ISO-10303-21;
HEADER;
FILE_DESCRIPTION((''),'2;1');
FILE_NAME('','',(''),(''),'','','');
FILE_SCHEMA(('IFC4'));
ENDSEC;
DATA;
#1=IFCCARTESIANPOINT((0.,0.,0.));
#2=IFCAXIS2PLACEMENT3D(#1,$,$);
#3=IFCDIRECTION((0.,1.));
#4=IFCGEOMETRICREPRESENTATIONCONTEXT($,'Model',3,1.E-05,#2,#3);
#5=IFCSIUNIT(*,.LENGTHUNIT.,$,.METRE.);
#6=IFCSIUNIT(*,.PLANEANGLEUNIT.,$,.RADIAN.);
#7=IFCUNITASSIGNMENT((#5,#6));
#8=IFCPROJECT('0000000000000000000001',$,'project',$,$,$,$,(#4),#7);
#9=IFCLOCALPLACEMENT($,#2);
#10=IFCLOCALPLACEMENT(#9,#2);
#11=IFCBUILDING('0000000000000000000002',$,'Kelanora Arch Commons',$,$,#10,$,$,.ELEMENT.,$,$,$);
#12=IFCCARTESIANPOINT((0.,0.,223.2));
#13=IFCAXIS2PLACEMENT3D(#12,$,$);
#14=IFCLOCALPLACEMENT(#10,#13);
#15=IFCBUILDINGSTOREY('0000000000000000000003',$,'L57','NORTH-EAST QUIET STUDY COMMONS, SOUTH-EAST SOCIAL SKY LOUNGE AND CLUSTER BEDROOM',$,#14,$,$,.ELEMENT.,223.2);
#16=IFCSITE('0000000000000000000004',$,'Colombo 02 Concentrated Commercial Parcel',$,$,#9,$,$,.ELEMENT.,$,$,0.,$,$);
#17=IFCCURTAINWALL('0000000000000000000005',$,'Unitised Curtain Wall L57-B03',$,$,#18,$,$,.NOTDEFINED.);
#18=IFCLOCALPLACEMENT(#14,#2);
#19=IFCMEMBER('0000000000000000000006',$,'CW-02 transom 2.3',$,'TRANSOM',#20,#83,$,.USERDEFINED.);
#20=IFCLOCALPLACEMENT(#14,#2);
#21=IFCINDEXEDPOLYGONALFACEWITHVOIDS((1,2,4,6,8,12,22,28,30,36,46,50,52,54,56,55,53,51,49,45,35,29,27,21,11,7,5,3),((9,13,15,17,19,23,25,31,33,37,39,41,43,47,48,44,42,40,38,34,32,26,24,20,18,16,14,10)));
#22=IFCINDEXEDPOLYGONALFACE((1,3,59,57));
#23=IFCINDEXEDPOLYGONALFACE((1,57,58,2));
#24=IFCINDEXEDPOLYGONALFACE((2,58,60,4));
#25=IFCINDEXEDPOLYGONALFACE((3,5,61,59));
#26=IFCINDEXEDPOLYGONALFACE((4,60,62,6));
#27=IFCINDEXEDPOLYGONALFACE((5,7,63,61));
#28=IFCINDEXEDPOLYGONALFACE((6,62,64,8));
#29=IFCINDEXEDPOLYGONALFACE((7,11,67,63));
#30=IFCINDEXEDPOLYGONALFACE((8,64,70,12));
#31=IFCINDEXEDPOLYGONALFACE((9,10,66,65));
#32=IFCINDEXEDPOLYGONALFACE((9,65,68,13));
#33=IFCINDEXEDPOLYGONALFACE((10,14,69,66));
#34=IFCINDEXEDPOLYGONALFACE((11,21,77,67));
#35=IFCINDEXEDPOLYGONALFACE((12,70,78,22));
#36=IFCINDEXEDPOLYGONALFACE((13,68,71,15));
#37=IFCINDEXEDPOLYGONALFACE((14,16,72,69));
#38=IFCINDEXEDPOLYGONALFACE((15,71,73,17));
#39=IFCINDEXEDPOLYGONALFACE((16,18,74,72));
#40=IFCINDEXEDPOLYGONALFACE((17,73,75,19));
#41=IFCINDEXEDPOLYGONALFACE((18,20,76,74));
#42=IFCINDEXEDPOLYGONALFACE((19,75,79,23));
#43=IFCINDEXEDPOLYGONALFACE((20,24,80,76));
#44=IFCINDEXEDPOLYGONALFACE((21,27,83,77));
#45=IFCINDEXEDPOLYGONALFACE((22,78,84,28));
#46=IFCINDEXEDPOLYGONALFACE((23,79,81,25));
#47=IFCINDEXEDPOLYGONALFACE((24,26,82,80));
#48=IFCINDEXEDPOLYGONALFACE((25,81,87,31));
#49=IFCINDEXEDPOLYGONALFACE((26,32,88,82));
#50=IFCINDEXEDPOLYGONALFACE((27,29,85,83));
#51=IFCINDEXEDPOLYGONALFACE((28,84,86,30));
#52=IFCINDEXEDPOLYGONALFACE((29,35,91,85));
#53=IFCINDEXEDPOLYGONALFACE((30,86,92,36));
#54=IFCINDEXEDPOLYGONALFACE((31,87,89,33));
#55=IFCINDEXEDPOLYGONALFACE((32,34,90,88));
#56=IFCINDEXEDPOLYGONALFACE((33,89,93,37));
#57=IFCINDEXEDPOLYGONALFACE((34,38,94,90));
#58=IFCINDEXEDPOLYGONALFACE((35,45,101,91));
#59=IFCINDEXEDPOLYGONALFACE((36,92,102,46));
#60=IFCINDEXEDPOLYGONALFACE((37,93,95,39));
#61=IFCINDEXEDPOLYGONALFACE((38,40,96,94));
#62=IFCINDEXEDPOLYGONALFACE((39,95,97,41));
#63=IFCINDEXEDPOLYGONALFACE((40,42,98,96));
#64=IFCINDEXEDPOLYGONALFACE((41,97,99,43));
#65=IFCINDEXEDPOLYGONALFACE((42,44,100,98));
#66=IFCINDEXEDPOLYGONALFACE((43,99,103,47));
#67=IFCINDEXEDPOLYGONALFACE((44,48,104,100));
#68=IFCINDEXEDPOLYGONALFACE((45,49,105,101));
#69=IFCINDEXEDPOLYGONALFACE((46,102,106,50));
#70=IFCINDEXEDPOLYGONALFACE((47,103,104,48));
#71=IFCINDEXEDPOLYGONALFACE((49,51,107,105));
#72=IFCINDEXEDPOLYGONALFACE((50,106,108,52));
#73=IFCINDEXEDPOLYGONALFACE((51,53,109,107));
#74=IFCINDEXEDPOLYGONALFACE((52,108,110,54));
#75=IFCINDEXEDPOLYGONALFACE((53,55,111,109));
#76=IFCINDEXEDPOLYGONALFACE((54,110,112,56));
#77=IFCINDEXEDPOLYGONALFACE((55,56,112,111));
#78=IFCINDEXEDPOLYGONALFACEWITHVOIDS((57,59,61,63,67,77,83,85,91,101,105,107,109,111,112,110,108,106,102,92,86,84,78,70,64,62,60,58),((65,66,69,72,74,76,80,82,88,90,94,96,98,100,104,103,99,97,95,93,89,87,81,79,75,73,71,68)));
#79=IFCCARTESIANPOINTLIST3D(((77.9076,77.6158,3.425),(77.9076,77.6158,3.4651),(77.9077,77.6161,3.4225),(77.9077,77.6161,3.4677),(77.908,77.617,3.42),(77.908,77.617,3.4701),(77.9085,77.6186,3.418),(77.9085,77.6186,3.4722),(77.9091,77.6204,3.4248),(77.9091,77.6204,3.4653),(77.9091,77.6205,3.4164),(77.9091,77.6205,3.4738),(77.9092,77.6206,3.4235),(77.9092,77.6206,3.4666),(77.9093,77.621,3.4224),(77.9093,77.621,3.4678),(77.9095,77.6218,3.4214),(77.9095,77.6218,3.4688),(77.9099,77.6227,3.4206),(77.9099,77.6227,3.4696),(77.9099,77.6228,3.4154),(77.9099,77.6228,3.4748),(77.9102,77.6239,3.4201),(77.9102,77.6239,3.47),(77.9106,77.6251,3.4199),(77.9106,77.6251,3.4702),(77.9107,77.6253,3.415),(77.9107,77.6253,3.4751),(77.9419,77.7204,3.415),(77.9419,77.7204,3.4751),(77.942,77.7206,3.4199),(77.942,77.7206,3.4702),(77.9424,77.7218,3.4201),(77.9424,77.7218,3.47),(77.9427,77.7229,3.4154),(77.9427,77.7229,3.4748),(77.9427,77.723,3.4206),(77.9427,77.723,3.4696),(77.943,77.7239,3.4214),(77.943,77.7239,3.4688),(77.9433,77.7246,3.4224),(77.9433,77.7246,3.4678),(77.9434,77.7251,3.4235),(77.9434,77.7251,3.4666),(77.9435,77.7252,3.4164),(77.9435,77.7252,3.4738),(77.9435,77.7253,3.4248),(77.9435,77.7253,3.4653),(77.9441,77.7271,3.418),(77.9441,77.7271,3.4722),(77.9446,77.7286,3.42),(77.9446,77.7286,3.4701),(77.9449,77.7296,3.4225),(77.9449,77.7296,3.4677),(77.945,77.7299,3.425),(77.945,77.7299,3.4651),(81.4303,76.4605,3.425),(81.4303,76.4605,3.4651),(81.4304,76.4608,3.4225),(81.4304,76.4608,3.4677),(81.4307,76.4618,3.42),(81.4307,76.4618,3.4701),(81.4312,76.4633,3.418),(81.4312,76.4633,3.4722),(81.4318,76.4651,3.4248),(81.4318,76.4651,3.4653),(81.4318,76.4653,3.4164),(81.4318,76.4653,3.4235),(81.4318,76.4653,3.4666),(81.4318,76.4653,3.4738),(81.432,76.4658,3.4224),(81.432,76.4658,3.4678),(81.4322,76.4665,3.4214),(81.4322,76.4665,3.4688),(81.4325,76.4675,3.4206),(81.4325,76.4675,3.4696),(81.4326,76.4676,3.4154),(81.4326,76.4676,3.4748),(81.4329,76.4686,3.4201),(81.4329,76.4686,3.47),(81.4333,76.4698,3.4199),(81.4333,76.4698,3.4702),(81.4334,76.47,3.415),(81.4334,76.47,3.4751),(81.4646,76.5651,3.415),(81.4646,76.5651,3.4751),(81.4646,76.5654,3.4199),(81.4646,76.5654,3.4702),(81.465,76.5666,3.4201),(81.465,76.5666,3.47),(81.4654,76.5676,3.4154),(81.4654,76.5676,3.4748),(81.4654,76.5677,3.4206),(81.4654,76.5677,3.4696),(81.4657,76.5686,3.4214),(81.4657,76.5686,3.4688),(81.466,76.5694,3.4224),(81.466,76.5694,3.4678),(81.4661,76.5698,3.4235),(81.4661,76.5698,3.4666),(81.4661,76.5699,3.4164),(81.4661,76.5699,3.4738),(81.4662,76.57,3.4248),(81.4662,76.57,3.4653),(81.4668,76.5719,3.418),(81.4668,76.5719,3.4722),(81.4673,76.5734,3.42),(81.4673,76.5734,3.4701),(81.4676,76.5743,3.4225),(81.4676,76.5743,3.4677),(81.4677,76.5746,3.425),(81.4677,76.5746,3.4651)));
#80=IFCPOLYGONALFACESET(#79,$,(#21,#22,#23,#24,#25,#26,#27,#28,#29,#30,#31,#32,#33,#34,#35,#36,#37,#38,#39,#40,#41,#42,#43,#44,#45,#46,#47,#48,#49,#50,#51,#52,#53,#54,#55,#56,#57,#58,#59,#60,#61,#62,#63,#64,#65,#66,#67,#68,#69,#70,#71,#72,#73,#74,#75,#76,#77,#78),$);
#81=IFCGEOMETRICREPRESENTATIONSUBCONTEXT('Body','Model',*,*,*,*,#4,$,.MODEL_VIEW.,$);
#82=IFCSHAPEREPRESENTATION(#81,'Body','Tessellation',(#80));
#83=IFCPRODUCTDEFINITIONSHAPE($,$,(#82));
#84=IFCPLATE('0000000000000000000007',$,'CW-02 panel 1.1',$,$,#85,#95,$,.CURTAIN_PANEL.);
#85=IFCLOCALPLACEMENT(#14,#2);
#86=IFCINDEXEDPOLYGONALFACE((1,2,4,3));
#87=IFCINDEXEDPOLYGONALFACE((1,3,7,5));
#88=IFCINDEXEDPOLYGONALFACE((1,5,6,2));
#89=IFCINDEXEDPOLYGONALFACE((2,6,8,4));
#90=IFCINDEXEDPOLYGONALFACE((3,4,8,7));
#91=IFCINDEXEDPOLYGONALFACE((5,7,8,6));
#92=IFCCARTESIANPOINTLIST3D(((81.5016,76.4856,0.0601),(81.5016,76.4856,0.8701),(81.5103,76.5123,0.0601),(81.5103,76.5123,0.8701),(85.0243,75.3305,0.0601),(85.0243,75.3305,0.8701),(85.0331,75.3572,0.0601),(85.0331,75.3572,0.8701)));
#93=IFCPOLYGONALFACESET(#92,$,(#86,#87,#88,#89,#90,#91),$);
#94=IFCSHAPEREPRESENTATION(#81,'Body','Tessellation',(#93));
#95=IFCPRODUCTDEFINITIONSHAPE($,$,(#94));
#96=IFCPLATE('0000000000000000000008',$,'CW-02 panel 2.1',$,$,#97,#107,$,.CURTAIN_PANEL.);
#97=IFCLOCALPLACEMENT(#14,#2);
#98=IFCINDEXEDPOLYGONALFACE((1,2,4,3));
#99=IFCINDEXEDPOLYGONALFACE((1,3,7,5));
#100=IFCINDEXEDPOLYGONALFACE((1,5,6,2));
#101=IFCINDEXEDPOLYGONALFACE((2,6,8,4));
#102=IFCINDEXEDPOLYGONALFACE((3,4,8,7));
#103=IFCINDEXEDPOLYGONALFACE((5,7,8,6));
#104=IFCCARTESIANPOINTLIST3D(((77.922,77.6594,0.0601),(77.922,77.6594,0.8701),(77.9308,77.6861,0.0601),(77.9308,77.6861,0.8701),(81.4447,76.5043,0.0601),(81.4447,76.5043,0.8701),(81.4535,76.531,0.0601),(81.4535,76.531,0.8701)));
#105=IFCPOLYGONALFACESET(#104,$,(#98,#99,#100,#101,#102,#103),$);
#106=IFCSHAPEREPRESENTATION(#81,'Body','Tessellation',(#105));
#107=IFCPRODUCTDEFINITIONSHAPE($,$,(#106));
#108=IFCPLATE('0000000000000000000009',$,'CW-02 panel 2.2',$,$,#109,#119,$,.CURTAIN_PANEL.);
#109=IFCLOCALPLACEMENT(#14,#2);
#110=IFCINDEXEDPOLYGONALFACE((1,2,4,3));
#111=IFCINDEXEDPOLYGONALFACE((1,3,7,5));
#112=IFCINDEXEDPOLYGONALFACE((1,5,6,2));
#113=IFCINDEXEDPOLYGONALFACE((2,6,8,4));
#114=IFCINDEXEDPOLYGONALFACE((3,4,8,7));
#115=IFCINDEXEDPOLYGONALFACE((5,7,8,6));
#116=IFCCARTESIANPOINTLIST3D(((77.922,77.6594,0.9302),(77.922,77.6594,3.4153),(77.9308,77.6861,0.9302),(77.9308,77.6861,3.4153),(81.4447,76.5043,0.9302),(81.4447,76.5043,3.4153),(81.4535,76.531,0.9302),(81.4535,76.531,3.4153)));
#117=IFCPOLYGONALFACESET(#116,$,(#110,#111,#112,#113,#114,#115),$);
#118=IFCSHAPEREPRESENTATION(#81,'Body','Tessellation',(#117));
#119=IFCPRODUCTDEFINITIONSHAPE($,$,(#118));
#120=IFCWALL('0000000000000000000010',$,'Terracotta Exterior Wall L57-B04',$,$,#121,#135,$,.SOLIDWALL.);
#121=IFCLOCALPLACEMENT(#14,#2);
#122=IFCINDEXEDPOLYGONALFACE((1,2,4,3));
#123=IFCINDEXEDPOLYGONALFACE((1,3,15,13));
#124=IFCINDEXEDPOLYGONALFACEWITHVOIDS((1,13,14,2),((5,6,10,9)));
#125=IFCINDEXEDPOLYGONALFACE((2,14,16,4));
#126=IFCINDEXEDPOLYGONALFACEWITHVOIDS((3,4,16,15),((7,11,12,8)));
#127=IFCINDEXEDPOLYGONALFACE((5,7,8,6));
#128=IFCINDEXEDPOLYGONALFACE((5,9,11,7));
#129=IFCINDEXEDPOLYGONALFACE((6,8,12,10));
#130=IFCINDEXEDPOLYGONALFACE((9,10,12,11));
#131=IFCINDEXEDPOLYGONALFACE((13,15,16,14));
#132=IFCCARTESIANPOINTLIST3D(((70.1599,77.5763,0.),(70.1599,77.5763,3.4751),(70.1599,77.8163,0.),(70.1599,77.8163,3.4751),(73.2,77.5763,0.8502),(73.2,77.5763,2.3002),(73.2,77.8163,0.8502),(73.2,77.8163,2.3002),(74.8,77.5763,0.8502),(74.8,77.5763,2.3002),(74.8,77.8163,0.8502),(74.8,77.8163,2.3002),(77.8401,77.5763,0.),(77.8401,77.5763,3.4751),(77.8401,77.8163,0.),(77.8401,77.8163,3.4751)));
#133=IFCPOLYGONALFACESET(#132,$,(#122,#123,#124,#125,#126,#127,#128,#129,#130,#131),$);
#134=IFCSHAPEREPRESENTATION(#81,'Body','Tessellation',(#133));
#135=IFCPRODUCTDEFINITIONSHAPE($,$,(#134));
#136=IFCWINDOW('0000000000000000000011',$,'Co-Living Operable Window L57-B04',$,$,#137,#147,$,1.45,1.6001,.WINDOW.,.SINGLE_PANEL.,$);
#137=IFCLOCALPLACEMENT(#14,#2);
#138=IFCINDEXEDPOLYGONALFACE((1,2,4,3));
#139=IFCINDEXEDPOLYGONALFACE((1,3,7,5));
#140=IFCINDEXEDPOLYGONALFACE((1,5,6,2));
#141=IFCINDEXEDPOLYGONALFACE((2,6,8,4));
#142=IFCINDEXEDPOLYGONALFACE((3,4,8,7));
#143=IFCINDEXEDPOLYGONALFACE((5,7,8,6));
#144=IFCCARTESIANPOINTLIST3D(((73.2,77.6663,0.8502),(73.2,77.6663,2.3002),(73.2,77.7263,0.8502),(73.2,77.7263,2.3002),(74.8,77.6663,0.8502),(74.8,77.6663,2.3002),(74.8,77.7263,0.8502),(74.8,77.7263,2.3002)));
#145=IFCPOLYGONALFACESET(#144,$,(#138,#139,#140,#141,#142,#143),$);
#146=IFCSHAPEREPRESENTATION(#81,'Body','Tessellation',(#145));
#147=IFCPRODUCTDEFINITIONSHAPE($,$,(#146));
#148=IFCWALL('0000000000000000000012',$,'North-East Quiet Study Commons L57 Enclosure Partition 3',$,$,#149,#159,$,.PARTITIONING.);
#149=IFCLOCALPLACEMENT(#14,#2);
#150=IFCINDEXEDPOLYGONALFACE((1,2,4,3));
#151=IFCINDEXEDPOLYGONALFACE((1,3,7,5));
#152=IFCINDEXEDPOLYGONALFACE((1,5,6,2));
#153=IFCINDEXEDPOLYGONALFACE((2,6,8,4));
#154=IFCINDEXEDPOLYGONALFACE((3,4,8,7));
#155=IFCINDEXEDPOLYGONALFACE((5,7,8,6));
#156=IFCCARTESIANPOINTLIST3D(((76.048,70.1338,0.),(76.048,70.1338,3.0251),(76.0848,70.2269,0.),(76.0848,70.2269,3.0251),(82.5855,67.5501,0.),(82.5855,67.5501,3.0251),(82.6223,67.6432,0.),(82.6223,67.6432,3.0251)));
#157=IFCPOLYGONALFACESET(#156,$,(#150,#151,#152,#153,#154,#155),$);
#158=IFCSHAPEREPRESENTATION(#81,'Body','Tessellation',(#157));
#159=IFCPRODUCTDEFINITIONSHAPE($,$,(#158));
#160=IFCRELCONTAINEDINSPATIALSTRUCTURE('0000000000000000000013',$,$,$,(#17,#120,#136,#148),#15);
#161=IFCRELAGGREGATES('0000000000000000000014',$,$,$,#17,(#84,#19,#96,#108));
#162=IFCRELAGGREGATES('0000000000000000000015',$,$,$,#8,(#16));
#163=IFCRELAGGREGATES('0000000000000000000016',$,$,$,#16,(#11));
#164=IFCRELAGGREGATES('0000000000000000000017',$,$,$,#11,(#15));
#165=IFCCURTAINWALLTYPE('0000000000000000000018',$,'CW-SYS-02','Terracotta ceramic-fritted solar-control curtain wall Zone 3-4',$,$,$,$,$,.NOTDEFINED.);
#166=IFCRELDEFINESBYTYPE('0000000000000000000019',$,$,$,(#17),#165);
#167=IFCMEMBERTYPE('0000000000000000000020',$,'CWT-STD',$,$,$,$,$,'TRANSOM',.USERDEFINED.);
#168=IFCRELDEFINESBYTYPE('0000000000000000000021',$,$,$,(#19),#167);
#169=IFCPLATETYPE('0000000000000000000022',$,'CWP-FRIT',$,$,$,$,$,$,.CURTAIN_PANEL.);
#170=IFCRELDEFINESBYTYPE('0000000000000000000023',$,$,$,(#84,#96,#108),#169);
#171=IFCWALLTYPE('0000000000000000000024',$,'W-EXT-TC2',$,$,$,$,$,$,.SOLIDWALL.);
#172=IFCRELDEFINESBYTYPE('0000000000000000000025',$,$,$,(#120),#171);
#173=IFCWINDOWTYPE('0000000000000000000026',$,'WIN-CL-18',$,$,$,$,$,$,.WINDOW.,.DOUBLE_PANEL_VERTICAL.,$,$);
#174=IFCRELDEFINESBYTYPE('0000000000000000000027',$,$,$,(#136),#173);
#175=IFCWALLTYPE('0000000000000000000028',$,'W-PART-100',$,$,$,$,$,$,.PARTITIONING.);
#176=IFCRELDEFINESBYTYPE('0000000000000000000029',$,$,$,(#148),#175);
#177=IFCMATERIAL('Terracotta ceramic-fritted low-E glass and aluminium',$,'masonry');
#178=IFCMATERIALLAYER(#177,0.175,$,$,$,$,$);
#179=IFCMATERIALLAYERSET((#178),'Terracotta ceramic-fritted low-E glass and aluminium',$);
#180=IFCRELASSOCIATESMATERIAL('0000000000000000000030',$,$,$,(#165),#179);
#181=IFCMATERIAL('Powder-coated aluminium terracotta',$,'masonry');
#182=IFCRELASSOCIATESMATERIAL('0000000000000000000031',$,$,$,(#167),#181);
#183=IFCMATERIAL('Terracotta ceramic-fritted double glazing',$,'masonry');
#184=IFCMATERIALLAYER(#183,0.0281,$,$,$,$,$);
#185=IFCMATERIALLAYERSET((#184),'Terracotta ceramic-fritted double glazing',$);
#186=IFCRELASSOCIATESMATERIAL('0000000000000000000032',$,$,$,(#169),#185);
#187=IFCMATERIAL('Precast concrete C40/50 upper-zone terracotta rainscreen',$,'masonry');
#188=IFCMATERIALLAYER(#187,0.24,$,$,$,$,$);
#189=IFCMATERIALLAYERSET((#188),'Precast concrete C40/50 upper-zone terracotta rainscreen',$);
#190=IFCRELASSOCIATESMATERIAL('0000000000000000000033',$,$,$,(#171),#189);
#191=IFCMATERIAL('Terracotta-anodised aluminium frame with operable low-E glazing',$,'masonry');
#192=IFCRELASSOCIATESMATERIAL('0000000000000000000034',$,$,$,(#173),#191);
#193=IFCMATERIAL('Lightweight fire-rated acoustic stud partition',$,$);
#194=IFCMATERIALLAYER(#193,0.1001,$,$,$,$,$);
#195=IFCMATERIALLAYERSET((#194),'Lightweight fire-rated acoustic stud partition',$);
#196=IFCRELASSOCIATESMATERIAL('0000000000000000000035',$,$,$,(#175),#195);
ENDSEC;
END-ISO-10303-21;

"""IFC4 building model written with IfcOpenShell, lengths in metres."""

from ifc_helpers import new_model, si_unit, direction, frame, frame_2d, origin, origin_2d, place, context, subcontext, project, spatial, rectangle, hollow_rectangle, extrude, source, transform, mapped, material, layer, layer_set, material_profile, profile_set, type_object, element, fill, aggregate, save


model = new_model("IFC4")

# Units and contexts
model_context = context("Model", 3, precision=1e-05, world=origin(), true_north=direction((0.0, 1.0)))
body_context = subcontext(model_context, "Body", "Model", "MODEL_VIEW")
ifc_project = project(units=[si_unit("LENGTHUNIT", "METRE"), si_unit("PLANEANGLEUNIT", "RADIAN")], contexts=[model_context])

# Site, building, storey
site_placement = place(None, origin())
site = spatial("IfcSite", under=ifc_project, at=site_placement, Name="Colombo 02 Concentrated Commercial Parcel", CompositionType="ELEMENT", RefElevation=0.0)
building_placement = place(site_placement, origin())
building = spatial("IfcBuilding", under=site, at=building_placement, Name="Kelanora Arch Commons", CompositionType="ELEMENT")
storey_placement = place(building_placement, frame((0.0, 0.0, 223.2)))
storey = spatial("IfcBuildingStorey", under=building, at=storey_placement, Name="L57", Description="NORTH-EAST QUIET STUDY COMMONS, SOUTH-EAST SOCIAL SKY LOUNGE AND CLUSTER BEDROOM", CompositionType="ELEMENT", Elevation=223.2)

# Curtain wall, member, plates
ifc_material_1 = material(Name="Terracotta ceramic-fritted low-E glass and aluminium", Category="masonry")
ifc_layer_1 = layer(ifc_material_1, 0.175)
ifc_layer_set_1 = layer_set([ifc_layer_1], Name="Terracotta ceramic-fritted low-E glass and aluminium")
curtain_wall_type = type_object("IfcCurtainWallType", Name="CW-SYS-02", Description="Terracotta ceramic-fritted solar-control curtain wall Zone 3-4", PredefinedType="NOTDEFINED", material=ifc_layer_set_1)
curtain_wall_placement = place(storey_placement, origin())
curtain_wall = element("IfcCurtainWall", 1, at=curtain_wall_placement, inside=storey, type_object=curtain_wall_type, Name="Unitised Curtain Wall L57-B03", PredefinedType="NOTDEFINED")
ifc_material_2 = material(Name="Powder-coated aluminium terracotta", Category="masonry")
ifc_material_profile_1 = material_profile(ifc_material_2, hollow_rectangle(XDim=0.1201, YDim=0.0601, WallThickness=0.0049, InnerFilletRadius=0.0049, OuterFilletRadius=0.01, at=origin_2d()), Name="CWT120x60")
ifc_profile_set_1 = profile_set([ifc_material_profile_1], Name="Powder-coated aluminium terracotta")
member_type_1 = type_object("IfcMemberType", Name="CWT-STD", ElementType="TRANSOM", PredefinedType="USERDEFINED", material=ifc_profile_set_1)
member_1_placement = place(storey_placement, frame((81.449, 76.5176, 3.4451), z_axis=(-0.950207, 0.311621, 0.0), x_axis=(-0.311621, -0.950207, 0.0)))
member_1 = element("IfcMember", 2, at=member_1_placement, type_object=member_type_1, Name="CW-02 transom 2.3", ObjectType="TRANSOM", PredefinedType="USERDEFINED", context=body_context, shape_type="SweptSolid", body=[
    extrude(hollow_rectangle(XDim=0.1201, YDim=0.0601, WallThickness=0.0049, InnerFilletRadius=0.0049, OuterFilletRadius=0.01, at=origin_2d()), origin(), (0.0, 0.0, 1.0), 3.7073),
])
ifc_material_3 = material(Name="Terracotta ceramic-fritted double glazing", Category="masonry")
ifc_layer_2 = layer(ifc_material_3, 0.0281)
ifc_layer_set_2 = layer_set([ifc_layer_2], Name="Terracotta ceramic-fritted double glazing")
plate_type = type_object("IfcPlateType", Name="CWP-FRIT", PredefinedType="CURTAIN_PANEL", material=ifc_layer_set_2)
shared_shape_1 = source(origin(), body_context, "Body", "SweptSolid", [
    extrude(rectangle(XDim=3.7073, YDim=0.0281, at=origin_2d()), origin(), (0.0, 0.0, 1.0), 0.8101),
])
plate_1_placement = place(storey_placement, frame((83.2673, 75.9214, 0.0601), z_axis=(0.0, 0.0, 1.0), x_axis=(-0.950219, 0.311582, 0.0)))
plate_1 = element("IfcPlate", 3, at=plate_1_placement, type_object=plate_type, Name="CW-02 panel 1.1", PredefinedType="CURTAIN_PANEL", context=body_context, shape_type="MappedRepresentation", body=[
    mapped(shared_shape_1, transform((0.0, 0.0, 0.0), scale=1.0)),
])
plate_2_placement = place(storey_placement, frame((79.6877, 77.0952, 0.0601), z_axis=(0.0, 0.0, 1.0), x_axis=(-0.950219, 0.311582, 0.0)))
plate_2 = element("IfcPlate", 4, at=plate_2_placement, type_object=plate_type, Name="CW-02 panel 2.1", PredefinedType="CURTAIN_PANEL", context=body_context, shape_type="MappedRepresentation", body=[
    mapped(shared_shape_1, transform((0.0, 0.0, 0.0), scale=1.0)),
])
shared_shape_2 = source(origin(), body_context, "Body", "SweptSolid", [
    extrude(rectangle(XDim=3.7073, YDim=0.0281, at=origin_2d()), origin(), (0.0, 0.0, 1.0), 2.4851),
])
plate_3_placement = place(storey_placement, frame((79.6877, 77.0952, 0.9302), z_axis=(0.0, 0.0, 1.0), x_axis=(-0.950219, 0.311582, 0.0)))
plate_3 = element("IfcPlate", 5, at=plate_3_placement, type_object=plate_type, Name="CW-02 panel 2.2", PredefinedType="CURTAIN_PANEL", context=body_context, shape_type="MappedRepresentation", body=[
    mapped(shared_shape_2, transform((0.0, 0.0, 0.0), scale=1.0)),
])
aggregate(curtain_wall, [plate_1, member_1, plate_2, plate_3])

# Wall, opening, window
ifc_material_4 = material(Name="Precast concrete C40/50 upper-zone terracotta rainscreen", Category="masonry")
ifc_layer_3 = layer(ifc_material_4, 0.24)
ifc_layer_set_3 = layer_set([ifc_layer_3], Name="Precast concrete C40/50 upper-zone terracotta rainscreen")
wall_type_1 = type_object("IfcWallType", Name="W-EXT-TC2", PredefinedType="SOLIDWALL", material=ifc_layer_set_3)
wall_1_placement = place(storey_placement, frame((77.8401, 77.6963, 0.0), z_axis=(0.0, 0.0, 1.0), x_axis=(-1.0, 0.0, 0.0)))
wall_1 = element("IfcWall", 6, at=wall_1_placement, inside=storey, type_object=wall_type_1, Name="Terracotta Exterior Wall L57-B04", PredefinedType="SOLIDWALL", context=body_context, shape_type="SweptSolid", body=[
    extrude(rectangle(XDim=7.6802, YDim=0.24, at=frame_2d((3.8401, 0.0))), origin(), (0.0, 0.0, 1.0), 3.4751),
])
opening_1_placement = place(wall_1_placement, frame((3.04, 0.0, 0.8501)))
opening_1 = element("IfcOpeningElement", 7, at=opening_1_placement, cuts=wall_1, PredefinedType="OPENING", context=body_context, shape_type="SweptSolid", body=[
    extrude(rectangle(XDim=1.6001, YDim=1.45, at=frame_2d((0.8, 0.7251))), frame((0.0, 0.1299, 0.0), z_axis=(0.0, -1.0, 0.0), x_axis=(1.0, 0.0, 0.0)), (0.0, 0.0, 1.0), 0.26),
])
ifc_material_5 = material(Name="Terracotta-anodised aluminium frame with operable low-E glazing", Category="masonry")
window_type = type_object("IfcWindowType", Name="WIN-CL-18", PartitioningType="DOUBLE_PANEL_VERTICAL", PredefinedType="WINDOW", material=ifc_material_5)
window_placement = place(opening_1_placement, origin())
window = element("IfcWindow", 8, at=window_placement, inside=storey, type_object=window_type, Name="Co-Living Operable Window L57-B04", OverallHeight=1.45, OverallWidth=1.6001, PartitioningType="SINGLE_PANEL", PredefinedType="WINDOW", context=body_context, shape_type="SweptSolid", body=[
    extrude(rectangle(XDim=1.6001, YDim=1.45, at=frame_2d((0.8, 0.7251))), frame((0.0, 0.03, 0.0), z_axis=(0.0, -1.0, 0.0), x_axis=(1.0, 0.0, 0.0)), (0.0, 0.0, 1.0), 0.0601),
])
fill(opening_1, window)

# Wall
ifc_material_6 = material(Name="Lightweight fire-rated acoustic stud partition")
ifc_layer_4 = layer(ifc_material_6, 0.1001)
ifc_layer_set_4 = layer_set([ifc_layer_4], Name="Lightweight fire-rated acoustic stud partition")
wall_type_2 = type_object("IfcWallType", Name="W-PART-100", PredefinedType="PARTITIONING", material=ifc_layer_set_4)
wall_2_placement = place(storey_placement, frame((82.6038, 67.5967, 0.0), z_axis=(0.0, 0.0, 1.0), x_axis=(-0.930004, 0.367549, 0.0)))
element("IfcWall", 9, at=wall_2_placement, inside=storey, type_object=wall_type_2, Name="North-East Quiet Study Commons L57 Enclosure Partition 3", PredefinedType="PARTITIONING", context=body_context, shape_type="SweptSolid", body=[
    extrude(rectangle(XDim=7.0295, YDim=0.1001, at=frame_2d((3.5146, 0.0))), origin(), (0.0, 0.0, 1.0), 3.0251),
])

save(model, "model.ifc")
